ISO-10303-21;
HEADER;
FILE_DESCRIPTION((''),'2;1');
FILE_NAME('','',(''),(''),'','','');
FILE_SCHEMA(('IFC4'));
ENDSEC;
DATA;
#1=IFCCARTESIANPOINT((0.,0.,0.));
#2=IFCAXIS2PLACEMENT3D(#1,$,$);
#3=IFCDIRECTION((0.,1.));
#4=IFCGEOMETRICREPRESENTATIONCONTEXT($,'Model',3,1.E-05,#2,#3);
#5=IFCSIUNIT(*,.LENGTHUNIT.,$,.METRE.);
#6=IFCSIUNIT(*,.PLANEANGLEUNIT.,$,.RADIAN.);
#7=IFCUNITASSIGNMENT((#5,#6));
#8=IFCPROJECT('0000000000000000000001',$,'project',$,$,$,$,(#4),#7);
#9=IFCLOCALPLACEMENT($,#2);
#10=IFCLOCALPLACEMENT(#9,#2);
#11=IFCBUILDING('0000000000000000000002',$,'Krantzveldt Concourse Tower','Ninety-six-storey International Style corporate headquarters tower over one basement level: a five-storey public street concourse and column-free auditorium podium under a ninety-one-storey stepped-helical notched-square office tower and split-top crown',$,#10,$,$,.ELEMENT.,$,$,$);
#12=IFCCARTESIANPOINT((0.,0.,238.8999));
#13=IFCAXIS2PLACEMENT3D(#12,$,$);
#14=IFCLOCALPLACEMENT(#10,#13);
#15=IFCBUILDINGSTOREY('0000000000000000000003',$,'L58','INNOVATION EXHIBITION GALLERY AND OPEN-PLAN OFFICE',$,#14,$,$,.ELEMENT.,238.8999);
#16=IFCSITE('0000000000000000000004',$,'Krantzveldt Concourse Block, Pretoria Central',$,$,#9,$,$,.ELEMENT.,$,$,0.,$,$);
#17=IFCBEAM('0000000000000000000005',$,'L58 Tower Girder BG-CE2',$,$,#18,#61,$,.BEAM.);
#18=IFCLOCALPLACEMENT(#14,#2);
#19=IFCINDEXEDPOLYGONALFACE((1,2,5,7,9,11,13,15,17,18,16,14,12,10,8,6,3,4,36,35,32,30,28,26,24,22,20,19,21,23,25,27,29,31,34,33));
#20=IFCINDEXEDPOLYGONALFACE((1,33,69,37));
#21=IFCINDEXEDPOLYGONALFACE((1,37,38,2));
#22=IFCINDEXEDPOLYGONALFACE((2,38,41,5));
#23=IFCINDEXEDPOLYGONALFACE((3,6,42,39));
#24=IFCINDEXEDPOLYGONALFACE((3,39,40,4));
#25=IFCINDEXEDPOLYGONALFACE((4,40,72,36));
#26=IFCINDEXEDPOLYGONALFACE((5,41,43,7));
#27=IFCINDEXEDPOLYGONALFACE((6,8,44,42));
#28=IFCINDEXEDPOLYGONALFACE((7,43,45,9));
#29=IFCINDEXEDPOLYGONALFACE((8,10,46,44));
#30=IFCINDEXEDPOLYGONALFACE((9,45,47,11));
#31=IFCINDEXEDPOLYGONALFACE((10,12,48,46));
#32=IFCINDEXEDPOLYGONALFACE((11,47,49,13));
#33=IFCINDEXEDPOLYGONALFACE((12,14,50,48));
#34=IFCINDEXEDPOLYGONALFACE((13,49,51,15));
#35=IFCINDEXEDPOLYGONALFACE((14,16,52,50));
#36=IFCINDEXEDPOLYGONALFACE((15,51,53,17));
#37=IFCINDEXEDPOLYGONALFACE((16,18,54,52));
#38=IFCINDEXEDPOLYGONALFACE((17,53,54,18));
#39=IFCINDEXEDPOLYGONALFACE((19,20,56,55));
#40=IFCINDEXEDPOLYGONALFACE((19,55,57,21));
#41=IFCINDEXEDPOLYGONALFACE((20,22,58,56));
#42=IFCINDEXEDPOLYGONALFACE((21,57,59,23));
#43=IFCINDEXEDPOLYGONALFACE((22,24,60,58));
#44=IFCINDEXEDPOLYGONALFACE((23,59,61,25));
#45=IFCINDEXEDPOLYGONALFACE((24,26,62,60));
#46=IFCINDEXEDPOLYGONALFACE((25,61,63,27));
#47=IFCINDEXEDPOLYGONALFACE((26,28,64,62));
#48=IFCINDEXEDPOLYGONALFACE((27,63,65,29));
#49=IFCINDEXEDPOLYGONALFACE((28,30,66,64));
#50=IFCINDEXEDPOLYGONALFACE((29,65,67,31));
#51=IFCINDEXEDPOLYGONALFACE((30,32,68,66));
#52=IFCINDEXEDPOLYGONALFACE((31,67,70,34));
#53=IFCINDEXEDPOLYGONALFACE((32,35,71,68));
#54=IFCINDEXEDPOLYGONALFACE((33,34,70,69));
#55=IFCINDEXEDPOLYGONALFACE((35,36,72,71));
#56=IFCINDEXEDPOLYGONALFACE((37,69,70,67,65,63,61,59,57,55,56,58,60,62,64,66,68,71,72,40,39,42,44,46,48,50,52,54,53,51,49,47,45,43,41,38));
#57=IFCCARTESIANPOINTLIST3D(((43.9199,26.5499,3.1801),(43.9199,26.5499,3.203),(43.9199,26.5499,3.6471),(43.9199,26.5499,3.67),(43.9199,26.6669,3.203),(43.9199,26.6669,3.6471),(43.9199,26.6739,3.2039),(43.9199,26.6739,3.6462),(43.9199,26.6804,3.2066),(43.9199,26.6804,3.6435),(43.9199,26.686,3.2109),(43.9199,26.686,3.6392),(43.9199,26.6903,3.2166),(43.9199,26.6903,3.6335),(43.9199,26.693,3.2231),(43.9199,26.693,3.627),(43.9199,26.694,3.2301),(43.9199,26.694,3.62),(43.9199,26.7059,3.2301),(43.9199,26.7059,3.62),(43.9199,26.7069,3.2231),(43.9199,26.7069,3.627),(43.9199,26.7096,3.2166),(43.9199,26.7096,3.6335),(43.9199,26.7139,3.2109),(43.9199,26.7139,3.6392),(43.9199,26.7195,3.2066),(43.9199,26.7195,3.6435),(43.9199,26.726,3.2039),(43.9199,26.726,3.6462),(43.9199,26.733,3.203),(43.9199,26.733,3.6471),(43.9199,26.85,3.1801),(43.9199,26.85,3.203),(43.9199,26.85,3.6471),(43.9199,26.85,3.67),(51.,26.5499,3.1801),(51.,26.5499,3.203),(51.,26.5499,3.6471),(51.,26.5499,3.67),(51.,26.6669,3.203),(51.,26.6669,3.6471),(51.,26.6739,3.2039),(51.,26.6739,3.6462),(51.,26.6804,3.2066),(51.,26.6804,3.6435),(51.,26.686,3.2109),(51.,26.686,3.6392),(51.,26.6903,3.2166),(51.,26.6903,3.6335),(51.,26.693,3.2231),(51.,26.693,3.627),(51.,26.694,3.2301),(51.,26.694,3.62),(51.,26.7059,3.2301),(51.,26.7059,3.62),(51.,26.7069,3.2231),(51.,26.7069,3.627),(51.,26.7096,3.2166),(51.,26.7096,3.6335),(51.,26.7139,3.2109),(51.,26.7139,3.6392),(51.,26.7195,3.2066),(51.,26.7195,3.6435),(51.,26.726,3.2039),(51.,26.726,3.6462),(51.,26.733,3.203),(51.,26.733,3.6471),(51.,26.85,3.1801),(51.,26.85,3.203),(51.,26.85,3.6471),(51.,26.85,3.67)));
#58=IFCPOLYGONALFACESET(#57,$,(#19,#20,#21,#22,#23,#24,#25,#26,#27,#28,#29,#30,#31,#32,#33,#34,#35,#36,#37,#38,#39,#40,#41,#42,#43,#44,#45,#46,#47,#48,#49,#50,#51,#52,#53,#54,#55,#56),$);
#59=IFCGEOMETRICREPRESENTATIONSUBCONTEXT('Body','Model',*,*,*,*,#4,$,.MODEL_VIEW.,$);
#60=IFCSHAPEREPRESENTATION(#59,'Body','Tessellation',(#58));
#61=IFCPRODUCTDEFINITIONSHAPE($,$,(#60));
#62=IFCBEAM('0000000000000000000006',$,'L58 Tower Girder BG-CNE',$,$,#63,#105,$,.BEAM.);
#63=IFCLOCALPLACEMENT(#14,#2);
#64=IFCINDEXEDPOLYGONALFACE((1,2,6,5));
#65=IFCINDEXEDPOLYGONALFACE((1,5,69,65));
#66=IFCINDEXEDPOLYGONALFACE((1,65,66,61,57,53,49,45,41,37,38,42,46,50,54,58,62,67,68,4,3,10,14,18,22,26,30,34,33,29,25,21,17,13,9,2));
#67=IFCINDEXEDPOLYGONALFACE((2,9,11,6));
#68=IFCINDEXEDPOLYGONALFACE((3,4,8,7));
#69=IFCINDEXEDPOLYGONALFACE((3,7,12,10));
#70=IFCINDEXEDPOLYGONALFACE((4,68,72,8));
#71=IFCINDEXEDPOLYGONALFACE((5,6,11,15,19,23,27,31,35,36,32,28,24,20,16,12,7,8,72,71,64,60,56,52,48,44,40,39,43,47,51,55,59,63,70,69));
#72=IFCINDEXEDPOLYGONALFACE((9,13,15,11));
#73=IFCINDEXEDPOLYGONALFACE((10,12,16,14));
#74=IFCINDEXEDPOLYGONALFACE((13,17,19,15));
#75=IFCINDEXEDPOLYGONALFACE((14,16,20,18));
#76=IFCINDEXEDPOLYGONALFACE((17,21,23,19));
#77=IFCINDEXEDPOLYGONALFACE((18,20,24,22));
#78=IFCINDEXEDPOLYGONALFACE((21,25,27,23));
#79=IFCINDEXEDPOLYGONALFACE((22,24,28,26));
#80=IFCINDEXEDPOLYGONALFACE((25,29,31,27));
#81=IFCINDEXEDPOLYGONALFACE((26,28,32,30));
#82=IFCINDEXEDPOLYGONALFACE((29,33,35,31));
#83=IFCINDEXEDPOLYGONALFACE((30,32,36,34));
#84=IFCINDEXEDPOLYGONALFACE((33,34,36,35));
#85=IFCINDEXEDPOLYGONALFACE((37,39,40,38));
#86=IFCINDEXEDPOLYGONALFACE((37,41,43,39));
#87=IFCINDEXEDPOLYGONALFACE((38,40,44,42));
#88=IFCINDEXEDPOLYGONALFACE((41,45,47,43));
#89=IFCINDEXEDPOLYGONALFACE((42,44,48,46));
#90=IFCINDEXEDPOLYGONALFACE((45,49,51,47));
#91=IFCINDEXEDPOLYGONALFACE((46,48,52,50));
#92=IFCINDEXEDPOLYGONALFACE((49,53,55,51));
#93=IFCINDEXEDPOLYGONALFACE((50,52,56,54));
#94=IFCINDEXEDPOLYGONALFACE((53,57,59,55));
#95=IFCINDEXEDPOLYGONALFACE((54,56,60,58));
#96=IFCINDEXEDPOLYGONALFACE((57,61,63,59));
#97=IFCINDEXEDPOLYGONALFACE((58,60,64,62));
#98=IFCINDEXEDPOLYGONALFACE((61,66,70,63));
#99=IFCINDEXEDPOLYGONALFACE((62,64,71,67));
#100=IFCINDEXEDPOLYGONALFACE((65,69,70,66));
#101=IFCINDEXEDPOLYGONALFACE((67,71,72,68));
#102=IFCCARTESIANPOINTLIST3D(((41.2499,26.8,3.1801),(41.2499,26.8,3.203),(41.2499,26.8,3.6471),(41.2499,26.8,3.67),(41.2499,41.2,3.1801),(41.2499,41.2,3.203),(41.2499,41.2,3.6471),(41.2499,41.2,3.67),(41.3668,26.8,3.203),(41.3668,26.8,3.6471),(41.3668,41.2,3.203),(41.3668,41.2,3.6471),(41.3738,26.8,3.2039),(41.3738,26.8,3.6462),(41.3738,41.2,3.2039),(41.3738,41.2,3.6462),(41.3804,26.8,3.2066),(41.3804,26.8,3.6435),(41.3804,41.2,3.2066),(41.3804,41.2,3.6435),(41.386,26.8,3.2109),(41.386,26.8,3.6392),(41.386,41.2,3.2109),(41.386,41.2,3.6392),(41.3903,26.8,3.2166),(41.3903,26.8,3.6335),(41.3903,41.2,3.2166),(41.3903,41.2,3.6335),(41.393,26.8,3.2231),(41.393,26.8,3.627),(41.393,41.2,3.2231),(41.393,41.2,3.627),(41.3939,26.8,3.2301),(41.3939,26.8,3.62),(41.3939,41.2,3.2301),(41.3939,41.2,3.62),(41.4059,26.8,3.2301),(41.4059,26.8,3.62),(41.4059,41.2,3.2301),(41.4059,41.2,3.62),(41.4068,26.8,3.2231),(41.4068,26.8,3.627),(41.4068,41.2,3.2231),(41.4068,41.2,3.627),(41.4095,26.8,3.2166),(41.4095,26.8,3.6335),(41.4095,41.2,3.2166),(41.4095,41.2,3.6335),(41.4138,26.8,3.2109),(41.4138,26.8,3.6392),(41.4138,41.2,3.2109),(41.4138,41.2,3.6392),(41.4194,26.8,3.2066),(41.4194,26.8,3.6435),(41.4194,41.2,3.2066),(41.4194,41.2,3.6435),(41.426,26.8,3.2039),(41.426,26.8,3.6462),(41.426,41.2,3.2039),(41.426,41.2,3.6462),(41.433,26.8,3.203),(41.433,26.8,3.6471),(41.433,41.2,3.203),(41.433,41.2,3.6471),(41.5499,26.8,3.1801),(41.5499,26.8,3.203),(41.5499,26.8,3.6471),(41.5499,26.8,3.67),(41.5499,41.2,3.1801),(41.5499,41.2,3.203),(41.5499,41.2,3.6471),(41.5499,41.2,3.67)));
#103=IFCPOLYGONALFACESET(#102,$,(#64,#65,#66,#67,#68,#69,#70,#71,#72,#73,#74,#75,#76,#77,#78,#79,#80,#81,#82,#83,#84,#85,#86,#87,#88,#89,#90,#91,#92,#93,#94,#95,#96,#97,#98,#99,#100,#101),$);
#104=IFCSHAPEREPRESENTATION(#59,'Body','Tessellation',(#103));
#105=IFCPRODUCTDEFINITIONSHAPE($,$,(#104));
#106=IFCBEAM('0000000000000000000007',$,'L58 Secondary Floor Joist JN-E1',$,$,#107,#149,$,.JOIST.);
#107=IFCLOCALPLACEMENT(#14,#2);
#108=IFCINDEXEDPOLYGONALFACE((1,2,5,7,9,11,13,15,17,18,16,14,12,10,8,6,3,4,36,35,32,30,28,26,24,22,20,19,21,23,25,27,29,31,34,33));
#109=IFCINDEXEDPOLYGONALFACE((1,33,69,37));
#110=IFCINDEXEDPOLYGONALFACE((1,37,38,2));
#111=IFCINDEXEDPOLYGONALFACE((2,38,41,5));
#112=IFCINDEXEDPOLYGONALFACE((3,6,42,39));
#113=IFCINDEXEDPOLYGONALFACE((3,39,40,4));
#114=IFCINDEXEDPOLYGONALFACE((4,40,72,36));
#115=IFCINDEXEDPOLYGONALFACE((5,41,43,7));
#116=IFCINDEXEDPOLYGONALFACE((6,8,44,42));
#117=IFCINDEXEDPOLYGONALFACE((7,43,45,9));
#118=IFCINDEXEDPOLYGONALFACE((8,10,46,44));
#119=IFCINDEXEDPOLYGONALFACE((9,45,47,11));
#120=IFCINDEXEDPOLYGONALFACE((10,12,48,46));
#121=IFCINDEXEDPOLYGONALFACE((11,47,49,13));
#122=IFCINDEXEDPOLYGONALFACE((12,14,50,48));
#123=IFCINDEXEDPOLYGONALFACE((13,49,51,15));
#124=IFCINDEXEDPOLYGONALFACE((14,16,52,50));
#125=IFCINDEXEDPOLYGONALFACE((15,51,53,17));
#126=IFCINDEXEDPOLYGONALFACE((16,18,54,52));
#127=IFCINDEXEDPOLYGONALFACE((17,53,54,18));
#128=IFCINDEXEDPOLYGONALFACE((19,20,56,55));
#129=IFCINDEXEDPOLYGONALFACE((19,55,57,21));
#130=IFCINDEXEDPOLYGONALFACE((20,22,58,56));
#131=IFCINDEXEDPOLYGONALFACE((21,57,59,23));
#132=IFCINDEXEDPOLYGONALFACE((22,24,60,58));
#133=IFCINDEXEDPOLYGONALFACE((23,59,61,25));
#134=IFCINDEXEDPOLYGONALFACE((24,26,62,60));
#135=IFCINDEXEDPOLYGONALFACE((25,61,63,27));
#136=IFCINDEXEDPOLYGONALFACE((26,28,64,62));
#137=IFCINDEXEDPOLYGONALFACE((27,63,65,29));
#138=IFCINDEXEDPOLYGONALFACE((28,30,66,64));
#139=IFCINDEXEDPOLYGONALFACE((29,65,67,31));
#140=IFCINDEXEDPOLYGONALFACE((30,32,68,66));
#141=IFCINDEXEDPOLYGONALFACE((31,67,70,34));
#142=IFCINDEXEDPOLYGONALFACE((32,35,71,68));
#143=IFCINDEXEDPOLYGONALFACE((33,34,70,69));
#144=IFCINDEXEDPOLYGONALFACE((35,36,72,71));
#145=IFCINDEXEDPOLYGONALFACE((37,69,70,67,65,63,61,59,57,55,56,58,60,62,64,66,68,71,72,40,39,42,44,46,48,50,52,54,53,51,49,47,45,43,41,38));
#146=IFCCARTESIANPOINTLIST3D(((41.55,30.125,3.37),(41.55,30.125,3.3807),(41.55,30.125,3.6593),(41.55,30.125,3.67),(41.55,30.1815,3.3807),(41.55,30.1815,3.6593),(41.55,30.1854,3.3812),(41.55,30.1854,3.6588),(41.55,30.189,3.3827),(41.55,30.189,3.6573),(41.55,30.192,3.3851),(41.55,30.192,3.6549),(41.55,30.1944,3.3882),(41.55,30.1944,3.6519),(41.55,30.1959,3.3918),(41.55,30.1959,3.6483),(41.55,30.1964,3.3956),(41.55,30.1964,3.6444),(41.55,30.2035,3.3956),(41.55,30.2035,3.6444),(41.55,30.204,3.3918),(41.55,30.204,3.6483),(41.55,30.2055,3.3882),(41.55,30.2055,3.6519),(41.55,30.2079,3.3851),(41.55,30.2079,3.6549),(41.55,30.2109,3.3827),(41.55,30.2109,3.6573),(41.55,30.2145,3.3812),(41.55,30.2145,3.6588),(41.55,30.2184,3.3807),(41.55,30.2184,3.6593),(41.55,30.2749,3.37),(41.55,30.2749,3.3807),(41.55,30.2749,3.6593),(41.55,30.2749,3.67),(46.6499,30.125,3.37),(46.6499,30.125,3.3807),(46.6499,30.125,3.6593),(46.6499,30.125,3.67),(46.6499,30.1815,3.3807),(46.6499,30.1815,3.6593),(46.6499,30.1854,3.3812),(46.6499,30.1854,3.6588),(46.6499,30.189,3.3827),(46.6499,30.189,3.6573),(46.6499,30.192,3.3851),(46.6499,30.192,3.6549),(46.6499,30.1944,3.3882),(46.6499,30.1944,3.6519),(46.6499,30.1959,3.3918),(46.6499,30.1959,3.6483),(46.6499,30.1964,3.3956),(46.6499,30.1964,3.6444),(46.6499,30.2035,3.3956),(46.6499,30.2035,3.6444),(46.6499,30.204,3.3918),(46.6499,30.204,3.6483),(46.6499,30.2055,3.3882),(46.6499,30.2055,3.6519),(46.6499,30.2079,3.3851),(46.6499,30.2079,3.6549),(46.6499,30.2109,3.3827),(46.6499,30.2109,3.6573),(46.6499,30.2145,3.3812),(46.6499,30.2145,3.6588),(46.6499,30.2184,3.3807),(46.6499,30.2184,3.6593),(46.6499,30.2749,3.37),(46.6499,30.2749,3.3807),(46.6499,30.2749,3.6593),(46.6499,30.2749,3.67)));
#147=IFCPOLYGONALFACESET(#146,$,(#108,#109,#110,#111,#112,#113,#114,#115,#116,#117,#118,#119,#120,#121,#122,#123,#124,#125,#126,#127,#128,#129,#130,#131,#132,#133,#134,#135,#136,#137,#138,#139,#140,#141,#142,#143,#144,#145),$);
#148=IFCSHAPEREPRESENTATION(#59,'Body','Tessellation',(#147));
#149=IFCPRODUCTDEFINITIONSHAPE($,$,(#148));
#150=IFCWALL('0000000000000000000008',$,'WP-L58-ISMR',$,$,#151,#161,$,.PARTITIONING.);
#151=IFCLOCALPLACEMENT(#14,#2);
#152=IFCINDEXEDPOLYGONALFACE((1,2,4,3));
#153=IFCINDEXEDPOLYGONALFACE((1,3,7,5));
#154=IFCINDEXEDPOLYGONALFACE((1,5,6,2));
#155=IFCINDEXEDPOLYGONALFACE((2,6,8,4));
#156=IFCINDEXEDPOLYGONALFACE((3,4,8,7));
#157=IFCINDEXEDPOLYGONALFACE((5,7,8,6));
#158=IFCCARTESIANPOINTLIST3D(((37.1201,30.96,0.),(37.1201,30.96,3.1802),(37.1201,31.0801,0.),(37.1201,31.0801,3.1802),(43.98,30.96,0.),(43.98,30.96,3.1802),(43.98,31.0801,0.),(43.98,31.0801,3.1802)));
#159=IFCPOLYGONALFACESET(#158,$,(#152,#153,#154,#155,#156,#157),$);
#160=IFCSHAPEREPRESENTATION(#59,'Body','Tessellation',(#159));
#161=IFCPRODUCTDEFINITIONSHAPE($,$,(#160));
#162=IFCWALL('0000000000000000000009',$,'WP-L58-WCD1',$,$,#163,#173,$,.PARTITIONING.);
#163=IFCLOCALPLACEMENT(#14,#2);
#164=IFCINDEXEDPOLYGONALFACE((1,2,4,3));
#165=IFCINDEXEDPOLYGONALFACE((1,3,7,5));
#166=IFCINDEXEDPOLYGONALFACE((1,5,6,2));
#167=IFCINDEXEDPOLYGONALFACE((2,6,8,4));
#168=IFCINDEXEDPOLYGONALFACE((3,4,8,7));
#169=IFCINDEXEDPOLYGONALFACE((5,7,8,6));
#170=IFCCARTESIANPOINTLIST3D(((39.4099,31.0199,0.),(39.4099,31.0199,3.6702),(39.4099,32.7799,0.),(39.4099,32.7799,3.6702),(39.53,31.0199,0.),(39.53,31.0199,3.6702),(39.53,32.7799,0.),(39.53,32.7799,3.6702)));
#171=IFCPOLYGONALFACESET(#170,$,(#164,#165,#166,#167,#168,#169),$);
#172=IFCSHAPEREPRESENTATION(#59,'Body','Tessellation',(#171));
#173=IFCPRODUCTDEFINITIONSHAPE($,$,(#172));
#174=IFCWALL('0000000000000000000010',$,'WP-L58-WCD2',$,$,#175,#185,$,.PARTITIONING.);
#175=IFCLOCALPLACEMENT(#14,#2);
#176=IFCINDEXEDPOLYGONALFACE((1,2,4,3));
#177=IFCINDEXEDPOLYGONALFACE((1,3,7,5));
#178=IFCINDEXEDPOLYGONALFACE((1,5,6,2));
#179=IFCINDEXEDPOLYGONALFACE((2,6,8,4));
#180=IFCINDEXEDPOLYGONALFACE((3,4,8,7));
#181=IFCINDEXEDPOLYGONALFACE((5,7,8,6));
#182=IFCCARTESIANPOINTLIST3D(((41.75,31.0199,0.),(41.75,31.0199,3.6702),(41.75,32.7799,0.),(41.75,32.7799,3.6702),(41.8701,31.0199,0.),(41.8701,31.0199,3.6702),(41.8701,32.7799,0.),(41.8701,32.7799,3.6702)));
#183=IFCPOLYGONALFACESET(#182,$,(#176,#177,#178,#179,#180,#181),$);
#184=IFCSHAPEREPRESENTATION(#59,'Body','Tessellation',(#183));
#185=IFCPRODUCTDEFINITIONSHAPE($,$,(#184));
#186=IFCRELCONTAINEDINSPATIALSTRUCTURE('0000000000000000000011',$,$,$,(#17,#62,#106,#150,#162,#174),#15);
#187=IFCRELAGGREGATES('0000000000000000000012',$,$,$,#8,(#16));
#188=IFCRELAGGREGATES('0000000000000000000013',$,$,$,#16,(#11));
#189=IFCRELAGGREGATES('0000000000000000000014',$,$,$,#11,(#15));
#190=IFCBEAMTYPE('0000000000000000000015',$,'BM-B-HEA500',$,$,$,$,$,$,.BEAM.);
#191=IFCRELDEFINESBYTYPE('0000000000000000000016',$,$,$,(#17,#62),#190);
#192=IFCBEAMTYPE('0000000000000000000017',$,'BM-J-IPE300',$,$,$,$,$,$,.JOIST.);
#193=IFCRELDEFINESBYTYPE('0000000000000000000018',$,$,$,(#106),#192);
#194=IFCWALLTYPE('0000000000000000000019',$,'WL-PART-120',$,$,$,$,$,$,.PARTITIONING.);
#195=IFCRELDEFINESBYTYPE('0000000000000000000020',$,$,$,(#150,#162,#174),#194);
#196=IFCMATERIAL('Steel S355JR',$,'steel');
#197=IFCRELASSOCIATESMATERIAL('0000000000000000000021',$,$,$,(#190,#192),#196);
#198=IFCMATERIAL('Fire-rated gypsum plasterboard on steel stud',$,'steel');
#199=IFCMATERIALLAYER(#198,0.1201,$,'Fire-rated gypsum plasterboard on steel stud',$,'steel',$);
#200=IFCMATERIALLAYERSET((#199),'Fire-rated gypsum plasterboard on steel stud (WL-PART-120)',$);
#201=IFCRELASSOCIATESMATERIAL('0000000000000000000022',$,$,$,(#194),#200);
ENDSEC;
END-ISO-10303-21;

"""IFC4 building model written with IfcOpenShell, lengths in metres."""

from ifc_helpers import new_model, si_unit, direction, frame, frame_2d, origin, origin_2d, place, context, subcontext, project, spatial, rectangle, i_section, extrude, source, transform, mapped, material, layer, layer_set, material_profile, profile_set, type_object, type_shapes, element, save


model = new_model("IFC4")

# Units and contexts
model_context = context("Model", 3, precision=1e-05, world=origin(), true_north=direction((0.0, 1.0)))
body_context = subcontext(model_context, "Body", "Model", "MODEL_VIEW")
ifc_project = project(units=[si_unit("LENGTHUNIT", "METRE"), si_unit("PLANEANGLEUNIT", "RADIAN")], contexts=[model_context])

# Site, building, storey
site_placement = place(None, origin())
site = spatial("IfcSite", under=ifc_project, at=site_placement, Name="Krantzveldt Concourse Block, Pretoria Central", CompositionType="ELEMENT", RefElevation=0.0)
building_placement = place(site_placement, origin())
building = spatial("IfcBuilding", under=site, at=building_placement, Name="Krantzveldt Concourse Tower", Description="Ninety-six-storey International Style corporate headquarters tower over one basement level: a five-storey public street concourse and column-free auditorium podium under a ninety-one-storey stepped-helical notched-square office tower and split-top crown", CompositionType="ELEMENT")
storey_placement = place(building_placement, frame((0.0, 0.0, 238.8999)))
storey = spatial("IfcBuildingStorey", under=building, at=storey_placement, Name="L58", Description="INNOVATION EXHIBITION GALLERY AND OPEN-PLAN OFFICE", CompositionType="ELEMENT", Elevation=238.8999)

# Beams
ifc_material_1 = material(Name="Steel S355JR", Category="steel")
ifc_material_profile_1 = material_profile(ifc_material_1, i_section(OverallWidth=0.3, OverallDepth=0.49, WebThickness=0.012, FlangeThickness=0.0229, FilletRadius=0.0271, at=origin_2d()), Name="Steel S355JR", Category="steel")
ifc_profile_set_1 = profile_set([ifc_material_profile_1], Name="Steel S355JR - HEA 500")
beam_type_1 = type_object("IfcBeamType", Name="BM-B-HEA500", PredefinedType="BEAM", material=ifc_profile_set_1)
shared_shape_1 = source(origin(), body_context, "Body", "SweptSolid", [
    extrude(i_section(OverallWidth=0.3, OverallDepth=0.49, WebThickness=0.012, FlangeThickness=0.0229, FilletRadius=0.0271, at=origin_2d()), origin(), (0.0, 0.0, 1.0), 7.0801),
])
beam_1_placement = place(storey_placement, frame((43.9199, 26.7, 3.425), z_axis=(1.0, 0.0, 0.0), x_axis=(0.0, 1.0, 0.0)))
element("IfcBeam", 1, at=beam_1_placement, inside=storey, type_object=beam_type_1, Name="L58 Tower Girder BG-CE2", PredefinedType="BEAM", context=body_context, shape_type="MappedRepresentation", body=[
    mapped(shared_shape_1, transform((0.0, 0.0, 0.0), x_axis=(1.0, 0.0, 0.0), y_axis=(0.0, 1.0, 0.0), z_axis=(0.0, 0.0, 1.0), scale=1.0)),
])
shared_shape_2 = source(origin(), body_context, "Body", "SweptSolid", [
    extrude(i_section(OverallWidth=0.3, OverallDepth=0.49, WebThickness=0.012, FlangeThickness=0.0229, FilletRadius=0.0271, at=origin_2d()), origin(), (0.0, 0.0, 1.0), 14.3999),
])
type_shapes(beam_type_1, [shared_shape_1, shared_shape_2])
beam_2_placement = place(storey_placement, frame((41.3999, 26.8, 3.425), z_axis=(0.0, 1.0, 0.0), x_axis=(-1.0, 0.0, 0.0)))
element("IfcBeam", 2, at=beam_2_placement, inside=storey, type_object=beam_type_1, Name="L58 Tower Girder BG-CNE", PredefinedType="BEAM", context=body_context, shape_type="MappedRepresentation", body=[
    mapped(shared_shape_2, transform((0.0, 0.0, 0.0), x_axis=(1.0, 0.0, 0.0), y_axis=(0.0, 1.0, 0.0), z_axis=(0.0, 0.0, 1.0), scale=1.0)),
])
ifc_material_profile_2 = material_profile(ifc_material_1, i_section(OverallWidth=0.1499, OverallDepth=0.3, WebThickness=0.0071, FlangeThickness=0.0107, FilletRadius=0.0149, at=origin_2d()), Name="Steel S355JR", Category="steel")
ifc_profile_set_2 = profile_set([ifc_material_profile_2], Name="Steel S355JR - IPE 300")
beam_type_2 = type_object("IfcBeamType", Name="BM-J-IPE300", PredefinedType="JOIST", material=ifc_profile_set_2)
shared_shape_3 = source(origin(), body_context, "Body", "SweptSolid", [
    extrude(i_section(OverallWidth=0.1499, OverallDepth=0.3, WebThickness=0.0071, FlangeThickness=0.0107, FilletRadius=0.0149, at=origin_2d()), origin(), (0.0, 0.0, 1.0), 5.0999),
])
type_shapes(beam_type_2, [shared_shape_3])
beam_3_placement = place(storey_placement, frame((41.55, 30.2, 3.52), z_axis=(1.0, 0.0, 0.0), x_axis=(0.0, 1.0, 0.0)))
element("IfcBeam", 3, at=beam_3_placement, inside=storey, type_object=beam_type_2, Name="L58 Secondary Floor Joist JN-E1", PredefinedType="JOIST", context=body_context, shape_type="MappedRepresentation", body=[
    mapped(shared_shape_3, transform((0.0, 0.0, 0.0), x_axis=(1.0, 0.0, 0.0), y_axis=(0.0, 1.0, 0.0), z_axis=(0.0, 0.0, 1.0), scale=1.0)),
])

# Walls
ifc_material_2 = material(Name="Fire-rated gypsum plasterboard on steel stud", Category="steel")
ifc_layer_1 = layer(ifc_material_2, 0.1201, Name="Fire-rated gypsum plasterboard on steel stud", Category="steel")
ifc_layer_set_1 = layer_set([ifc_layer_1], Name="Fire-rated gypsum plasterboard on steel stud (WL-PART-120)")
wall_type_1 = type_object("IfcWallType", Name="WL-PART-120", PredefinedType="PARTITIONING", material=ifc_layer_set_1)
wall_1_placement = place(storey_placement, frame((37.1201, 31.02, 0.0), z_axis=(0.0, 0.0, 1.0), x_axis=(1.0, 0.0, 0.0)))
element("IfcWall", 4, at=wall_1_placement, inside=storey, type_object=wall_type_1, Name="WP-L58-ISMR", PredefinedType="PARTITIONING", context=body_context, shape_type="SweptSolid", body=[
    extrude(rectangle(XDim=6.8599, YDim=0.1201, at=frame_2d((3.4299, 0.0))), origin(), (0.0, 0.0, 1.0), 3.1802),
])
for number, where, z_axis, x_axis, name in (
    (5, (39.47, 31.02, 0.0), (0.0, 0.0, 1.0), (0.0, 1.0, 0.0), "WP-L58-WCD1"),
    (6, (41.8101, 31.02, 0.0), (0.0, 0.0, 1.0), (0.0, 1.0, 0.0), "WP-L58-WCD2"),
):
    element("IfcWall", number, at=place(storey_placement, frame(where, z_axis=z_axis, x_axis=x_axis)), inside=storey, type_object=wall_type_1, Name=name, PredefinedType="PARTITIONING", context=body_context, shape_type="SweptSolid", body=[
        extrude(rectangle(XDim=1.76, YDim=0.1201, at=frame_2d((0.8799, 0.0))), origin(), (0.0, 0.0, 1.0), 3.6702),
    ])

save(model, "model.ifc")
